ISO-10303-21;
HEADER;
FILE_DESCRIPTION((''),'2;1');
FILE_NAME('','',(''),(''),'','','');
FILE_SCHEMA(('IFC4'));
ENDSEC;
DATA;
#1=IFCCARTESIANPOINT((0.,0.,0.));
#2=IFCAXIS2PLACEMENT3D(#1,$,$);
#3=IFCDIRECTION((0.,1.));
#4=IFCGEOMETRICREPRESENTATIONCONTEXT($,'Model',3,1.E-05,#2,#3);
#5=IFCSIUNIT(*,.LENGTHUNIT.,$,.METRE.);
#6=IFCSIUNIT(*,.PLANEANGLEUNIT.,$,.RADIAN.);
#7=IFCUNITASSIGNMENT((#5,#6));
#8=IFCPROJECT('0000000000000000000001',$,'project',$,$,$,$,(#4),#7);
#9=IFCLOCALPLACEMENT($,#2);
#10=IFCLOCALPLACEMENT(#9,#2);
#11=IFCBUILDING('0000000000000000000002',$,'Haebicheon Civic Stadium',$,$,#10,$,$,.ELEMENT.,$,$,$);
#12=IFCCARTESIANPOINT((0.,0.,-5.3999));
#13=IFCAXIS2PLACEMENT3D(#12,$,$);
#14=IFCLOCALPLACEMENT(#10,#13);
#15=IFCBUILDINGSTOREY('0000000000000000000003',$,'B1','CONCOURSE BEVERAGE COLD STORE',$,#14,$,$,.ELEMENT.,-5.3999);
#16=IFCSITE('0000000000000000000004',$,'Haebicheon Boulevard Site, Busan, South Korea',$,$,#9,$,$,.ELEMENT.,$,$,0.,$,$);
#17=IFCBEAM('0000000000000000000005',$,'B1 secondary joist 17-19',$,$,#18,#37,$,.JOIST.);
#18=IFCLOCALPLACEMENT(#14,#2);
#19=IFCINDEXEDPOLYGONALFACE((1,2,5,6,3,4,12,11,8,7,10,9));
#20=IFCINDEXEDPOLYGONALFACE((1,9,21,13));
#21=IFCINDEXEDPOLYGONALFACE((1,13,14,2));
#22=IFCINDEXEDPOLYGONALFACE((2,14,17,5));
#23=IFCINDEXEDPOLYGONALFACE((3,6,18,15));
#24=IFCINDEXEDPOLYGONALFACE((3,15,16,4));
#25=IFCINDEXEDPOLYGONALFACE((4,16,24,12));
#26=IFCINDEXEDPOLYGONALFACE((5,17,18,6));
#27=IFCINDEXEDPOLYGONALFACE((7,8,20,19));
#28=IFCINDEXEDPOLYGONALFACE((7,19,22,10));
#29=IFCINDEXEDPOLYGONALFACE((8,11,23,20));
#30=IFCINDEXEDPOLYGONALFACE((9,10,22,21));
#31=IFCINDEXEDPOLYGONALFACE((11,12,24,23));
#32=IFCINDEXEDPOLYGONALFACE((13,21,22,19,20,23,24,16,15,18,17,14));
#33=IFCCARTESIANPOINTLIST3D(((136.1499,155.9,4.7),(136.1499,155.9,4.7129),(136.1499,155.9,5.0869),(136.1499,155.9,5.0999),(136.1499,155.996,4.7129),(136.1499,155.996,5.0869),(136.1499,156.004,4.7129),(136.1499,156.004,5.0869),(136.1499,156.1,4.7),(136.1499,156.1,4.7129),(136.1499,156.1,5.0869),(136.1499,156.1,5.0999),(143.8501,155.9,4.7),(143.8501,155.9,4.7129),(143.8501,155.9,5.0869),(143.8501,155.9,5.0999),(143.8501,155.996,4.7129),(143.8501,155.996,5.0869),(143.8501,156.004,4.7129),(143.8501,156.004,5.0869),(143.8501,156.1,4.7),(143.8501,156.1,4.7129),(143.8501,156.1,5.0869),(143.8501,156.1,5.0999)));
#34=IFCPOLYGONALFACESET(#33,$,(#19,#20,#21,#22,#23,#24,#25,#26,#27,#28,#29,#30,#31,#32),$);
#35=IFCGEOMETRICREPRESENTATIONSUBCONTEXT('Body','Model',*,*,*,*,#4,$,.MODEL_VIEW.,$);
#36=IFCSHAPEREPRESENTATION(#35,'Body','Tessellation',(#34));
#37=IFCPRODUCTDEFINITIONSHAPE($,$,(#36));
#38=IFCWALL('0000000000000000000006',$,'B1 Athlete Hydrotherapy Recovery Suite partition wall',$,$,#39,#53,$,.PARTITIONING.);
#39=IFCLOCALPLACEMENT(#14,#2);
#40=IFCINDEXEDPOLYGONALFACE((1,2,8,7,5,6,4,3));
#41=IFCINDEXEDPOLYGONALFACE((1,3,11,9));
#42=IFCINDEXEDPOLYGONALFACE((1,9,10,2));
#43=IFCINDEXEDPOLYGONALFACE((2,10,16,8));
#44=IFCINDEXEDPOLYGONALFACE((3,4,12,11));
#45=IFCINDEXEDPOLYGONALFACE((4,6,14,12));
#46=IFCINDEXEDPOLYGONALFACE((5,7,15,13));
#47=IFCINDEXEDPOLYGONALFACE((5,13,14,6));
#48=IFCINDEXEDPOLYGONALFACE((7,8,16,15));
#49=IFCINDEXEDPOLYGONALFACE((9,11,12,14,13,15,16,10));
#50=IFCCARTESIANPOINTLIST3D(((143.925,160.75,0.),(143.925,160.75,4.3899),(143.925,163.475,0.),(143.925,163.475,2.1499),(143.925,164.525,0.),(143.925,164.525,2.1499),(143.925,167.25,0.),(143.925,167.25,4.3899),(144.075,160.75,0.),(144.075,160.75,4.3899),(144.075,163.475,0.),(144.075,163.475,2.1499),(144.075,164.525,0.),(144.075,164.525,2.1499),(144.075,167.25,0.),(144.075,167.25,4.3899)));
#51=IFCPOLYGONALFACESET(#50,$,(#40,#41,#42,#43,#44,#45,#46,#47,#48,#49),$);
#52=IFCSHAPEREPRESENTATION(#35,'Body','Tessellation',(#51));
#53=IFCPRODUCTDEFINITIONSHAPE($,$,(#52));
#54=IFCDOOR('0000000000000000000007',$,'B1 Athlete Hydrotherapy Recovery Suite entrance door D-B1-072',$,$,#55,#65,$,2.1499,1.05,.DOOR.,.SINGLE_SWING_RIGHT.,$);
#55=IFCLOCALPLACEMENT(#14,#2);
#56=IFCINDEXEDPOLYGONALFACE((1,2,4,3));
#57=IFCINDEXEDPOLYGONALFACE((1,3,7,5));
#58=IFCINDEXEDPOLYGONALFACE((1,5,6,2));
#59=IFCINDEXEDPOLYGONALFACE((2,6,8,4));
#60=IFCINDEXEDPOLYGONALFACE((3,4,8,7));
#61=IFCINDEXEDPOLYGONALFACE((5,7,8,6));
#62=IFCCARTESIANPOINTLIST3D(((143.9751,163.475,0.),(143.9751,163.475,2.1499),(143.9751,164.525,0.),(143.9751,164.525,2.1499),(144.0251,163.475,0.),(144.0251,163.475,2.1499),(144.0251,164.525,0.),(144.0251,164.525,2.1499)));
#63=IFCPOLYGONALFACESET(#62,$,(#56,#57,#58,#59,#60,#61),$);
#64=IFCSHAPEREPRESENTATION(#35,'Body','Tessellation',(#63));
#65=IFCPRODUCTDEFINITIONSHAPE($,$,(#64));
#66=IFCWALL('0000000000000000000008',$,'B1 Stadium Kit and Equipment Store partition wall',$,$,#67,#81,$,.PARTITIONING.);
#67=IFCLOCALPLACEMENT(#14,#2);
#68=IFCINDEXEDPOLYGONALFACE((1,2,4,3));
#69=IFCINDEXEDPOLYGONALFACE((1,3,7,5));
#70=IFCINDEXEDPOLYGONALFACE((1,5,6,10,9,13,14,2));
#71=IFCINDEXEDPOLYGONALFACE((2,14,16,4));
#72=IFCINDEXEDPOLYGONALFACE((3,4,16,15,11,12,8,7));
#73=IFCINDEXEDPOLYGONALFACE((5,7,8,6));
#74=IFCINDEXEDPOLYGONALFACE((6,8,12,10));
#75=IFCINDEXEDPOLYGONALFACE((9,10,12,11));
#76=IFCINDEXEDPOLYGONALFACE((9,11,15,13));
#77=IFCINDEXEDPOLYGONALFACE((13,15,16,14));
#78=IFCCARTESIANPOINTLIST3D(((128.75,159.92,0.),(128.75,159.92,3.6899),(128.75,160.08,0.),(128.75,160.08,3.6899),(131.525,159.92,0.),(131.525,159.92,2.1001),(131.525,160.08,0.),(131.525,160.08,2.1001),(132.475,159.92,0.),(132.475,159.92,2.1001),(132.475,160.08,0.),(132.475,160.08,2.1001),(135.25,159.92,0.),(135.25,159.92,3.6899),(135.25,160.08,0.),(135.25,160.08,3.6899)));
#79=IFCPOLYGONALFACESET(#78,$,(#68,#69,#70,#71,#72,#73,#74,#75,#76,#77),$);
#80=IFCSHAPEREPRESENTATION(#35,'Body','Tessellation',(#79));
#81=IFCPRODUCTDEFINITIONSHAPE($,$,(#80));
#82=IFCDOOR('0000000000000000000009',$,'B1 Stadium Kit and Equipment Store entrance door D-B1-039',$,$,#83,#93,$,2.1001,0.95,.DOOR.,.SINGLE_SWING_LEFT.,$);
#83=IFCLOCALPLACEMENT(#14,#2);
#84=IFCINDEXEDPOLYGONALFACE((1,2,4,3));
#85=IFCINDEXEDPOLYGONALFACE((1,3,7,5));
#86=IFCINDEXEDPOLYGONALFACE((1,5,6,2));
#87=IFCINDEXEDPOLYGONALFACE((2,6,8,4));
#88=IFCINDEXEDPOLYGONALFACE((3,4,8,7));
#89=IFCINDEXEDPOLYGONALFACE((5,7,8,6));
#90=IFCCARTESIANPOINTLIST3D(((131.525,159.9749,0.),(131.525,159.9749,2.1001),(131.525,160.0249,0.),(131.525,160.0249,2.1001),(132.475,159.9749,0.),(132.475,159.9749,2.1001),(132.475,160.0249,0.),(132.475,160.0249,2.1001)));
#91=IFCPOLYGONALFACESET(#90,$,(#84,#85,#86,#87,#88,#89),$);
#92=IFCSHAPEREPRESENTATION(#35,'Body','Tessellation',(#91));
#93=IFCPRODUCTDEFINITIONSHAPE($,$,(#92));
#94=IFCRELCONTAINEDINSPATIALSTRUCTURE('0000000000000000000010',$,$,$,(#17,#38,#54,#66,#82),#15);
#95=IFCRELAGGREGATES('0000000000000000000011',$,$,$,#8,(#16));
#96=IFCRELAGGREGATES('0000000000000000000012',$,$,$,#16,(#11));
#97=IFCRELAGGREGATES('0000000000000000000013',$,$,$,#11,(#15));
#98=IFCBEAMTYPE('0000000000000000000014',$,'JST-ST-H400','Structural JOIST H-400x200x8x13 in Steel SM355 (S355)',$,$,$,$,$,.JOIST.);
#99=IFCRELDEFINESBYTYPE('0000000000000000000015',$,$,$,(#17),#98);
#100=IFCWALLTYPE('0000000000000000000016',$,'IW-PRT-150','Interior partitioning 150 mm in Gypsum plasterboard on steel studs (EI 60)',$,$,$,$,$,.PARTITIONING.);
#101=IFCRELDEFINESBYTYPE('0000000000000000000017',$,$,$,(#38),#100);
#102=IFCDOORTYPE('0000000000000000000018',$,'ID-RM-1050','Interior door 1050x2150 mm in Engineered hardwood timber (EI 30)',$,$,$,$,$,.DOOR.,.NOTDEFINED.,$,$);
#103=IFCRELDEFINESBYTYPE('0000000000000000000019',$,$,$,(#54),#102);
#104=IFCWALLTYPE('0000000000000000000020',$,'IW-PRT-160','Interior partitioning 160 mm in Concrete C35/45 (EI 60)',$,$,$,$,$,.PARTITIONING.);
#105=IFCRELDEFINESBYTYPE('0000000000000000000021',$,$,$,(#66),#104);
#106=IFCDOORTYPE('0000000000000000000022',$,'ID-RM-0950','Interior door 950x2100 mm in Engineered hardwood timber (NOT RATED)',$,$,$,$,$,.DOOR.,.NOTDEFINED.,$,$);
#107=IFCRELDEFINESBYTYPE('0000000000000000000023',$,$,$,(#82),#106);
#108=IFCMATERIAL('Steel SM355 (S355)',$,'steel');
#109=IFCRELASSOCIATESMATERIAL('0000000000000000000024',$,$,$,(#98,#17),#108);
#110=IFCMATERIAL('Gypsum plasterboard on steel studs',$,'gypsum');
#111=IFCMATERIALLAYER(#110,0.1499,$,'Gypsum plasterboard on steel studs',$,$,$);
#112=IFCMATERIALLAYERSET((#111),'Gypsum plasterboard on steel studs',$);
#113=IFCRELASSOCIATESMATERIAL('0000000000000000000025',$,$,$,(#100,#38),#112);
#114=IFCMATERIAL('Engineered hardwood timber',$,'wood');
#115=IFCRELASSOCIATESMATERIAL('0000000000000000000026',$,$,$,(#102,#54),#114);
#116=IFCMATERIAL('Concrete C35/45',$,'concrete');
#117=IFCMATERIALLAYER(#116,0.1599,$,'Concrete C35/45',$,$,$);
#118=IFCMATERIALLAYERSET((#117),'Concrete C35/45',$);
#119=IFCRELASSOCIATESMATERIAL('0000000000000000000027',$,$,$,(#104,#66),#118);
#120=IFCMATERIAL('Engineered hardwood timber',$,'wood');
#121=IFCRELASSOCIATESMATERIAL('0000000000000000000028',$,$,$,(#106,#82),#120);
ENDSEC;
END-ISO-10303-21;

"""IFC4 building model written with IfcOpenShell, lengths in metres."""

from ifc_helpers import new_model, si_unit, direction, frame, frame_2d, origin, origin_2d, place, context, subcontext, project, spatial, rectangle, i_section, extrude, material, layer, layer_set, material_profile, profile_set, type_object, element, fill, save


model = new_model("IFC4")

# Units and contexts
model_context = context("Model", 3, precision=1e-05, world=origin(), true_north=direction((0.0, 1.0)))
body_context = subcontext(model_context, "Body", "Model", "MODEL_VIEW")
ifc_project = project(units=[si_unit("LENGTHUNIT", "METRE"), si_unit("PLANEANGLEUNIT", "RADIAN")], contexts=[model_context])

# Site, building, storey
site_placement = place(None, origin())
site = spatial("IfcSite", under=ifc_project, at=site_placement, Name="Haebicheon Boulevard Site, Busan, South Korea", CompositionType="ELEMENT", RefElevation=0.0)
building_placement = place(site_placement, origin())
building = spatial("IfcBuilding", under=site, at=building_placement, Name="Haebicheon Civic Stadium", CompositionType="ELEMENT")
storey_placement = place(building_placement, frame((0.0, 0.0, -5.3999)))
storey = spatial("IfcBuildingStorey", under=building, at=storey_placement, Name="B1", Description="CONCOURSE BEVERAGE COLD STORE", CompositionType="ELEMENT", Elevation=-5.3999)

# Beam
ifc_material_1 = material(Name="Steel SM355 (S355)", Category="steel")
ifc_material_profile_1 = material_profile(ifc_material_1, i_section(OverallWidth=0.2, OverallDepth=0.3999, WebThickness=0.0081, FlangeThickness=0.0129, at=origin_2d()), Name="H-400x200x8x13")
ifc_profile_set_1 = profile_set([ifc_material_profile_1], Name="Steel SM355 (S355)")
beam_type_1 = type_object("IfcBeamType", Name="JST-ST-H400", Description="Structural JOIST H-400x200x8x13 in Steel SM355 (S355)", PredefinedType="JOIST", material=ifc_profile_set_1)
for number, where, z_axis, x_axis, name in (
    (1, (136.1499, 156.0, 4.8999), (1.0, 0.0, 0.0), (0.0, 1.0, 0.0), "B1 secondary joist 17-19"),
):
    element("IfcBeam", number, at=place(storey_placement, frame(where, z_axis=z_axis, x_axis=x_axis)), inside=storey, type_object=beam_type_1, material=ifc_profile_set_1, Name=name, PredefinedType="JOIST", context=body_context, shape_type="SweptSolid", body=[
        extrude(i_section(OverallWidth=0.2, OverallDepth=0.3999, WebThickness=0.0081, FlangeThickness=0.0129, at=origin_2d()), origin(), (0.0, 0.0, 1.0), 7.7002),
    ])

# Walls, openings, doors
ifc_material_2 = material(Name="Gypsum plasterboard on steel studs", Category="gypsum")
ifc_layer_1 = layer(ifc_material_2, 0.1499, Name="Gypsum plasterboard on steel studs")
ifc_layer_set_1 = layer_set([ifc_layer_1], Name="Gypsum plasterboard on steel studs")
wall_type_1 = type_object("IfcWallType", Name="IW-PRT-150", Description="Interior partitioning 150 mm in Gypsum plasterboard on steel studs (EI 60)", PredefinedType="PARTITIONING", material=ifc_layer_set_1)
wall_1_placement = place(storey_placement, frame((144.0, 160.75, 0.0), z_axis=(0.0, 0.0, 1.0), x_axis=(0.0, 1.0, 0.0)))
wall_1 = element("IfcWall", 2, at=wall_1_placement, inside=storey, type_object=wall_type_1, material=ifc_layer_set_1, Name="B1 Athlete Hydrotherapy Recovery Suite partition wall", PredefinedType="PARTITIONING", context=body_context, shape_type="SweptSolid", body=[
    extrude(rectangle(XDim=6.5, YDim=0.1499, at=frame_2d((3.25, 0.0))), origin(), (0.0, 0.0, 1.0), 4.3899),
])
opening_1_placement = place(wall_1_placement, frame((2.7251, 0.0, 0.0)))
opening_1 = element("IfcOpeningElement", 3, at=opening_1_placement, cuts=wall_1, PredefinedType="OPENING", context=body_context, shape_type="SweptSolid", body=[
    extrude(rectangle(XDim=1.05, YDim=2.1499, at=frame_2d((0.5249, 1.075))), frame((0.0, 0.085, 0.0), z_axis=(0.0, -1.0, 0.0), x_axis=(1.0, 0.0, 0.0)), (0.0, 0.0, 1.0), 0.1699),
])
ifc_material_3 = material(Name="Engineered hardwood timber", Category="wood")
door_type_1 = type_object("IfcDoorType", Name="ID-RM-1050", Description="Interior door 1050x2150 mm in Engineered hardwood timber (EI 30)", OperationType="NOTDEFINED", PredefinedType="DOOR", material=ifc_material_3)
door_1_placement = place(opening_1_placement, origin())
door_1 = element("IfcDoor", 4, at=door_1_placement, inside=storey, type_object=door_type_1, material=ifc_material_3, Name="B1 Athlete Hydrotherapy Recovery Suite entrance door D-B1-072", OperationType="SINGLE_SWING_RIGHT", OverallHeight=2.1499, OverallWidth=1.05, PredefinedType="DOOR", context=body_context, shape_type="SweptSolid", body=[
    extrude(rectangle(XDim=1.05, YDim=2.1499, at=frame_2d((0.5249, 1.075))), frame((0.0, 0.0249, 0.0), z_axis=(0.0, -1.0, 0.0), x_axis=(1.0, 0.0, 0.0)), (0.0, 0.0, 1.0), 0.05),
])
fill(opening_1, door_1)
ifc_material_4 = material(Name="Concrete C35/45", Category="concrete")
ifc_layer_2 = layer(ifc_material_4, 0.1599, Name="Concrete C35/45")
ifc_layer_set_2 = layer_set([ifc_layer_2], Name="Concrete C35/45")
wall_type_2 = type_object("IfcWallType", Name="IW-PRT-160", Description="Interior partitioning 160 mm in Concrete C35/45 (EI 60)", PredefinedType="PARTITIONING", material=ifc_layer_set_2)
wall_2_placement = place(storey_placement, frame((128.75, 160.0, 0.0), z_axis=(0.0, 0.0, 1.0), x_axis=(1.0, 0.0, 0.0)))
wall_2 = element("IfcWall", 5, at=wall_2_placement, inside=storey, type_object=wall_type_2, material=ifc_layer_set_2, Name="B1 Stadium Kit and Equipment Store partition wall", PredefinedType="PARTITIONING", context=body_context, shape_type="SweptSolid", body=[
    extrude(rectangle(XDim=6.5, YDim=0.1599, at=frame_2d((3.25, 0.0))), origin(), (0.0, 0.0, 1.0), 3.6899),
])
opening_2_placement = place(wall_2_placement, frame((2.7749, 0.0, 0.0)))
opening_2 = element("IfcOpeningElement", 6, at=opening_2_placement, cuts=wall_2, PredefinedType="OPENING", context=body_context, shape_type="SweptSolid", body=[
    extrude(rectangle(XDim=0.95, YDim=2.1001, at=frame_2d((0.4751, 1.05))), frame((0.0, 0.0898, 0.0), z_axis=(0.0, -1.0, 0.0), x_axis=(1.0, 0.0, 0.0)), (0.0, 0.0, 1.0), 0.1799),
])
ifc_material_5 = material(Name="Engineered hardwood timber", Category="wood")
door_type_2 = type_object("IfcDoorType", Name="ID-RM-0950", Description="Interior door 950x2100 mm in Engineered hardwood timber (NOT RATED)", OperationType="NOTDEFINED", PredefinedType="DOOR", material=ifc_material_5)
door_2_placement = place(opening_2_placement, origin())
door_2 = element("IfcDoor", 7, at=door_2_placement, inside=storey, type_object=door_type_2, material=ifc_material_5, Name="B1 Stadium Kit and Equipment Store entrance door D-B1-039", OperationType="SINGLE_SWING_LEFT", OverallHeight=2.1001, OverallWidth=0.95, PredefinedType="DOOR", context=body_context, shape_type="SweptSolid", body=[
    extrude(rectangle(XDim=0.95, YDim=2.1001, at=frame_2d((0.4751, 1.05))), frame((0.0, 0.0249, 0.0), z_axis=(0.0, -1.0, 0.0), x_axis=(1.0, 0.0, 0.0)), (0.0, 0.0, 1.0), 0.05),
])
fill(opening_2, door_2)

save(model, "model.ifc")
